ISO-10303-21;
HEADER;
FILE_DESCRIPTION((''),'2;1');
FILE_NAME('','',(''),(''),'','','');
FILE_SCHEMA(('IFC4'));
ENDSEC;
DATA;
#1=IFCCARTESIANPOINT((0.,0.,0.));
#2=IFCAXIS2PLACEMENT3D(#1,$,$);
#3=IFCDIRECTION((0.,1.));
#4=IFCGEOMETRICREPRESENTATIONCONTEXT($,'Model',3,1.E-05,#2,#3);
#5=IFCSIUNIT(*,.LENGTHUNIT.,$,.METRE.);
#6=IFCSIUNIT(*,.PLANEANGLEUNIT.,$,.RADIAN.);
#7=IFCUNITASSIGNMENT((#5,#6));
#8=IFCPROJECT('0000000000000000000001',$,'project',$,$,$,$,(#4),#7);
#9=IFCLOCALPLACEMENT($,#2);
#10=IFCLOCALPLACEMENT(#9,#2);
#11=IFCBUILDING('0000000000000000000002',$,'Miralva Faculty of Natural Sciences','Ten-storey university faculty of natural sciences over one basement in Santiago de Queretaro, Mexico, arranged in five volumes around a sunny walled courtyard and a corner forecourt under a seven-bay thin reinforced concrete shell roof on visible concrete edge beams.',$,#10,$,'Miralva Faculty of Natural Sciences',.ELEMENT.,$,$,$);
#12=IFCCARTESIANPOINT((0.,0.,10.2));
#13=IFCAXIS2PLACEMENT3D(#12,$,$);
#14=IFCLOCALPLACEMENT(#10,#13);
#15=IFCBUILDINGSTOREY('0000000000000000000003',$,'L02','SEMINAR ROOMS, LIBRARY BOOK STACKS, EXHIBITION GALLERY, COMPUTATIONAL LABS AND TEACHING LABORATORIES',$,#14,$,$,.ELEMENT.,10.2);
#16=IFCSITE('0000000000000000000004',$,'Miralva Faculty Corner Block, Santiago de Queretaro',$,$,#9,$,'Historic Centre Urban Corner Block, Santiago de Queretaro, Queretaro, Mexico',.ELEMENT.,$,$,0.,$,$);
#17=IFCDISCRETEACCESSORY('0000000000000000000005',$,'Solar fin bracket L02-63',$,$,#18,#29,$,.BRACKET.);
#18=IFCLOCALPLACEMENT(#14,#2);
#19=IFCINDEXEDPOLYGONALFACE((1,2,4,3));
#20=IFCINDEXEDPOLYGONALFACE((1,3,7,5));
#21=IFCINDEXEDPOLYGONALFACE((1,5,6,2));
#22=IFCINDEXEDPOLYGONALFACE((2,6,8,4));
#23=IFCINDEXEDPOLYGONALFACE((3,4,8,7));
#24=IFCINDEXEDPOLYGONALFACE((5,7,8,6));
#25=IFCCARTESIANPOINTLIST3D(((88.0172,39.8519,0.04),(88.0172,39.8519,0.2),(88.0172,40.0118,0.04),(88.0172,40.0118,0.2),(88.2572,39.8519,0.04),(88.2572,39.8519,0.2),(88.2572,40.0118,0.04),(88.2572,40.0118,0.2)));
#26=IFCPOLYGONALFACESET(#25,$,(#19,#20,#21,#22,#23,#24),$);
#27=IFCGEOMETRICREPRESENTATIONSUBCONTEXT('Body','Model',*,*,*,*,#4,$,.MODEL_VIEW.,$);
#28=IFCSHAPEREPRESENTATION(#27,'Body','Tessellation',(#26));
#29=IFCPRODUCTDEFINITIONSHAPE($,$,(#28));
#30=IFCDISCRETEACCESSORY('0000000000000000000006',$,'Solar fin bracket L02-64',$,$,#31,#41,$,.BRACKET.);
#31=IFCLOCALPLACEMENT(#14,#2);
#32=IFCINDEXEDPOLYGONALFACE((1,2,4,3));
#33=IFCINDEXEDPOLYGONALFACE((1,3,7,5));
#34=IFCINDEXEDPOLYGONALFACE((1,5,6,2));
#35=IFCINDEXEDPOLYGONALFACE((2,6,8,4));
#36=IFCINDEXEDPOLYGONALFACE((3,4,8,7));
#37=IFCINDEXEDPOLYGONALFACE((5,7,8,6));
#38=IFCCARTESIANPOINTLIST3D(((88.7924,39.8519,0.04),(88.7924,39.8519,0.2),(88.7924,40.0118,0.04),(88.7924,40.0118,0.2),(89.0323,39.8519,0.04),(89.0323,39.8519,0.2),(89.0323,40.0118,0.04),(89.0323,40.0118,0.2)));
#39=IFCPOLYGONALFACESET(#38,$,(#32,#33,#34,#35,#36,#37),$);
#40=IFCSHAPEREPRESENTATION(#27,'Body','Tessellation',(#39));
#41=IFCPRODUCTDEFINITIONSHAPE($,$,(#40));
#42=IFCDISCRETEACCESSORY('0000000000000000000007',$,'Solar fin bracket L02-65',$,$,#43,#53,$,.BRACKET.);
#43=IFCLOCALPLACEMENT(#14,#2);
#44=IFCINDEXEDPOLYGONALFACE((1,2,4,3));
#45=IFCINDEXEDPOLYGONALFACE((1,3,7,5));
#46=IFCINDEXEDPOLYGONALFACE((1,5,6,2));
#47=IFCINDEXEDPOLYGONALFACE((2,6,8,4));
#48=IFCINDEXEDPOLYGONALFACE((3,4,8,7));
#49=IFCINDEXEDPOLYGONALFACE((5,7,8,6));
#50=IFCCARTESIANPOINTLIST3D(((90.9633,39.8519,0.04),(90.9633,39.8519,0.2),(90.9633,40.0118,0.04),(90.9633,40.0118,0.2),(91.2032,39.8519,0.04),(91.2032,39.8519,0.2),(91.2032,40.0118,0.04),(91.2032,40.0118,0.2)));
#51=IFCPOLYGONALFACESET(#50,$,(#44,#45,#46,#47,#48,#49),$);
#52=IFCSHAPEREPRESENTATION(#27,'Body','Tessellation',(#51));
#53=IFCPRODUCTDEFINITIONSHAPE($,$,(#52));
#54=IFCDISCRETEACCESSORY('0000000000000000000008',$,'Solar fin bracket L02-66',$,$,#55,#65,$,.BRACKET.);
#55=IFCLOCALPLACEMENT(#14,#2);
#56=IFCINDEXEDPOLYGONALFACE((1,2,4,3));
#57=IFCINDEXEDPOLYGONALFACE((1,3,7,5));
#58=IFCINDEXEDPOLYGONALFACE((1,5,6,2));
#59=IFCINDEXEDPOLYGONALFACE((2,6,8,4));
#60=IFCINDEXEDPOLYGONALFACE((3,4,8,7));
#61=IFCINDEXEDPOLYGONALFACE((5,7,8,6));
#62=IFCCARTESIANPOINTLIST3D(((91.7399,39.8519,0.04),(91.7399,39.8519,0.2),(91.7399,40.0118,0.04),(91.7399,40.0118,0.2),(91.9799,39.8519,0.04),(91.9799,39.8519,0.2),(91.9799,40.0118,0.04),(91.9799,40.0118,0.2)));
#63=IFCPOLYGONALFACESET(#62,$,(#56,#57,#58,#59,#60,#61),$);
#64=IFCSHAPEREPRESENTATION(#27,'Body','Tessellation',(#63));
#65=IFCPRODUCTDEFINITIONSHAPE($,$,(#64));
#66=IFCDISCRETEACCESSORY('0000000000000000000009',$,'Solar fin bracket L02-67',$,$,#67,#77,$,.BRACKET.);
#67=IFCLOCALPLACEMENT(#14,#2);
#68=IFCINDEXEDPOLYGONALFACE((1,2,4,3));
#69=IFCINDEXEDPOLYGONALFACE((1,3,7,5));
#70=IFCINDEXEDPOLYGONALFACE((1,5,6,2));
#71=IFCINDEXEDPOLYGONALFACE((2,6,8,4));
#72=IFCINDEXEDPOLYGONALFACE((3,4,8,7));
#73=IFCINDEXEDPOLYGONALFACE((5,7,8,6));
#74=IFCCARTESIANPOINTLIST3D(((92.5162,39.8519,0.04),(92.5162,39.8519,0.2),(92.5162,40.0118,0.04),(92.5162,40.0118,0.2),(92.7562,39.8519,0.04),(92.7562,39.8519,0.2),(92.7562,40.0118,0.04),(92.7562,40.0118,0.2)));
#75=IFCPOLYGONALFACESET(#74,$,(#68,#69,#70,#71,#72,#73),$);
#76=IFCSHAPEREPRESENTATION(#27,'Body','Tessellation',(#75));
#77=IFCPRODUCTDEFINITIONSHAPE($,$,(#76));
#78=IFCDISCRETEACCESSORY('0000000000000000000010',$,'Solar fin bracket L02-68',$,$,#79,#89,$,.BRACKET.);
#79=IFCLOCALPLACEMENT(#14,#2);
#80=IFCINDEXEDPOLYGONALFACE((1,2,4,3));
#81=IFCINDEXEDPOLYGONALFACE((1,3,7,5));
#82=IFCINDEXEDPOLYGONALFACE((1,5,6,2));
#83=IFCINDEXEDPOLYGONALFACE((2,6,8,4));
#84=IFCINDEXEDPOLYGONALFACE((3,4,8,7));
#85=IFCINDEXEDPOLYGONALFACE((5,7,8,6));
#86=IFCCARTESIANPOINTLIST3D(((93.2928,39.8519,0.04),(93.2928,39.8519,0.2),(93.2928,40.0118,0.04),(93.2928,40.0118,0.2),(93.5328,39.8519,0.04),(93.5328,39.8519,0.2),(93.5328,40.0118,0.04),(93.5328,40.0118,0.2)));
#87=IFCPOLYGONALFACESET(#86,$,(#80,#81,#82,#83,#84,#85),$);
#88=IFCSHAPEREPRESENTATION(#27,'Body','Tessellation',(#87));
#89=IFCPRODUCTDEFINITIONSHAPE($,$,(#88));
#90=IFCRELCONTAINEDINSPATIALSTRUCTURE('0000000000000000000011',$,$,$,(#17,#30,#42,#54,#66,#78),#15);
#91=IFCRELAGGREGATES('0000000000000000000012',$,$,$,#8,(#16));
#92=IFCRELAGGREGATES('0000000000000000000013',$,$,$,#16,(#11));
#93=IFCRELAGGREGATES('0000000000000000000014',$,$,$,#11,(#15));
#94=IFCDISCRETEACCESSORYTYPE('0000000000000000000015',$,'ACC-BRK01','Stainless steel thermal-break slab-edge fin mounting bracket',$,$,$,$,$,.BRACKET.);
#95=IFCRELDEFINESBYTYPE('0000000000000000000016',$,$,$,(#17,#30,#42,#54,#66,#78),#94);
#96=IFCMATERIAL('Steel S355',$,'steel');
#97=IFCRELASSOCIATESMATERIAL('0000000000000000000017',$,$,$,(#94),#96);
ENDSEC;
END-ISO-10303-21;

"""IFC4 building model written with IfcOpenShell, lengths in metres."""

from ifc_helpers import new_model, si_unit, direction, frame, origin, origin_2d, place, context, subcontext, project, spatial, rectangle, extrude, material, type_object, element, save


model = new_model("IFC4")

# Units and contexts
model_context = context("Model", 3, precision=1e-05, world=origin(), true_north=direction((0.0, 1.0)))
body_context = subcontext(model_context, "Body", "Model", "MODEL_VIEW")
ifc_project = project(units=[si_unit("LENGTHUNIT", "METRE"), si_unit("PLANEANGLEUNIT", "RADIAN")], contexts=[model_context])

# Site, building, storey
site_placement = place(None, origin())
site = spatial("IfcSite", under=ifc_project, at=site_placement, Name="Miralva Faculty Corner Block, Santiago de Queretaro", LongName="Historic Centre Urban Corner Block, Santiago de Queretaro, Queretaro, Mexico", CompositionType="ELEMENT", RefElevation=0.0)
building_placement = place(site_placement, origin())
building = spatial("IfcBuilding", under=site, at=building_placement, Name="Miralva Faculty of Natural Sciences", Description="Ten-storey university faculty of natural sciences over one basement in Santiago de Queretaro, Mexico, arranged in five volumes around a sunny walled courtyard and a corner forecourt under a seven-bay thin reinforced concrete shell roof on visible concrete edge beams.", LongName="Miralva Faculty of Natural Sciences", CompositionType="ELEMENT")
storey_placement = place(building_placement, frame((0.0, 0.0, 10.2)))
storey = spatial("IfcBuildingStorey", under=building, at=storey_placement, Name="L02", Description="SEMINAR ROOMS, LIBRARY BOOK STACKS, EXHIBITION GALLERY, COMPUTATIONAL LABS AND TEACHING LABORATORIES", CompositionType="ELEMENT", Elevation=10.2)

# Discrete accessories
ifc_material_1 = material(Name="Steel S355", Category="steel")
discrete_accessory_type = type_object("IfcDiscreteAccessoryType", Name="ACC-BRK01", Description="Stainless steel thermal-break slab-edge fin mounting bracket", PredefinedType="BRACKET", material=ifc_material_1)
for number, where, z_axis, x_axis, name in (
    (1, (88.1372, 39.9319, 0.04), (0.0, 0.0, 1.0), (0.0, 1.0, 0.0), "Solar fin bracket L02-63"),
    (2, (88.9124, 39.9319, 0.04), (0.0, 0.0, 1.0), (0.0, 1.0, 0.0), "Solar fin bracket L02-64"),
    (3, (91.0833, 39.9319, 0.04), (0.0, 0.0, 1.0), (0.0, 1.0, 0.0), "Solar fin bracket L02-65"),
    (4, (91.8599, 39.9319, 0.04), (0.0, 0.0, 1.0), (0.0, 1.0, 0.0), "Solar fin bracket L02-66"),
    (5, (92.6362, 39.9319, 0.04), (0.0, 0.0, 1.0), (0.0, 1.0, 0.0), "Solar fin bracket L02-67"),
    (6, (93.4128, 39.9319, 0.04), (0.0, 0.0, 1.0), (0.0, 1.0, 0.0), "Solar fin bracket L02-68"),
):
    element("IfcDiscreteAccessory", number, at=place(storey_placement, frame(where, z_axis=z_axis, x_axis=x_axis)), inside=storey, type_object=discrete_accessory_type, Name=name, PredefinedType="BRACKET", context=body_context, shape_type="SweptSolid", body=[
        extrude(rectangle(XDim=0.1599, YDim=0.24, at=origin_2d()), origin(), (0.0, 0.0, 1.0), 0.1599),
    ])

save(model, "model.ifc")
